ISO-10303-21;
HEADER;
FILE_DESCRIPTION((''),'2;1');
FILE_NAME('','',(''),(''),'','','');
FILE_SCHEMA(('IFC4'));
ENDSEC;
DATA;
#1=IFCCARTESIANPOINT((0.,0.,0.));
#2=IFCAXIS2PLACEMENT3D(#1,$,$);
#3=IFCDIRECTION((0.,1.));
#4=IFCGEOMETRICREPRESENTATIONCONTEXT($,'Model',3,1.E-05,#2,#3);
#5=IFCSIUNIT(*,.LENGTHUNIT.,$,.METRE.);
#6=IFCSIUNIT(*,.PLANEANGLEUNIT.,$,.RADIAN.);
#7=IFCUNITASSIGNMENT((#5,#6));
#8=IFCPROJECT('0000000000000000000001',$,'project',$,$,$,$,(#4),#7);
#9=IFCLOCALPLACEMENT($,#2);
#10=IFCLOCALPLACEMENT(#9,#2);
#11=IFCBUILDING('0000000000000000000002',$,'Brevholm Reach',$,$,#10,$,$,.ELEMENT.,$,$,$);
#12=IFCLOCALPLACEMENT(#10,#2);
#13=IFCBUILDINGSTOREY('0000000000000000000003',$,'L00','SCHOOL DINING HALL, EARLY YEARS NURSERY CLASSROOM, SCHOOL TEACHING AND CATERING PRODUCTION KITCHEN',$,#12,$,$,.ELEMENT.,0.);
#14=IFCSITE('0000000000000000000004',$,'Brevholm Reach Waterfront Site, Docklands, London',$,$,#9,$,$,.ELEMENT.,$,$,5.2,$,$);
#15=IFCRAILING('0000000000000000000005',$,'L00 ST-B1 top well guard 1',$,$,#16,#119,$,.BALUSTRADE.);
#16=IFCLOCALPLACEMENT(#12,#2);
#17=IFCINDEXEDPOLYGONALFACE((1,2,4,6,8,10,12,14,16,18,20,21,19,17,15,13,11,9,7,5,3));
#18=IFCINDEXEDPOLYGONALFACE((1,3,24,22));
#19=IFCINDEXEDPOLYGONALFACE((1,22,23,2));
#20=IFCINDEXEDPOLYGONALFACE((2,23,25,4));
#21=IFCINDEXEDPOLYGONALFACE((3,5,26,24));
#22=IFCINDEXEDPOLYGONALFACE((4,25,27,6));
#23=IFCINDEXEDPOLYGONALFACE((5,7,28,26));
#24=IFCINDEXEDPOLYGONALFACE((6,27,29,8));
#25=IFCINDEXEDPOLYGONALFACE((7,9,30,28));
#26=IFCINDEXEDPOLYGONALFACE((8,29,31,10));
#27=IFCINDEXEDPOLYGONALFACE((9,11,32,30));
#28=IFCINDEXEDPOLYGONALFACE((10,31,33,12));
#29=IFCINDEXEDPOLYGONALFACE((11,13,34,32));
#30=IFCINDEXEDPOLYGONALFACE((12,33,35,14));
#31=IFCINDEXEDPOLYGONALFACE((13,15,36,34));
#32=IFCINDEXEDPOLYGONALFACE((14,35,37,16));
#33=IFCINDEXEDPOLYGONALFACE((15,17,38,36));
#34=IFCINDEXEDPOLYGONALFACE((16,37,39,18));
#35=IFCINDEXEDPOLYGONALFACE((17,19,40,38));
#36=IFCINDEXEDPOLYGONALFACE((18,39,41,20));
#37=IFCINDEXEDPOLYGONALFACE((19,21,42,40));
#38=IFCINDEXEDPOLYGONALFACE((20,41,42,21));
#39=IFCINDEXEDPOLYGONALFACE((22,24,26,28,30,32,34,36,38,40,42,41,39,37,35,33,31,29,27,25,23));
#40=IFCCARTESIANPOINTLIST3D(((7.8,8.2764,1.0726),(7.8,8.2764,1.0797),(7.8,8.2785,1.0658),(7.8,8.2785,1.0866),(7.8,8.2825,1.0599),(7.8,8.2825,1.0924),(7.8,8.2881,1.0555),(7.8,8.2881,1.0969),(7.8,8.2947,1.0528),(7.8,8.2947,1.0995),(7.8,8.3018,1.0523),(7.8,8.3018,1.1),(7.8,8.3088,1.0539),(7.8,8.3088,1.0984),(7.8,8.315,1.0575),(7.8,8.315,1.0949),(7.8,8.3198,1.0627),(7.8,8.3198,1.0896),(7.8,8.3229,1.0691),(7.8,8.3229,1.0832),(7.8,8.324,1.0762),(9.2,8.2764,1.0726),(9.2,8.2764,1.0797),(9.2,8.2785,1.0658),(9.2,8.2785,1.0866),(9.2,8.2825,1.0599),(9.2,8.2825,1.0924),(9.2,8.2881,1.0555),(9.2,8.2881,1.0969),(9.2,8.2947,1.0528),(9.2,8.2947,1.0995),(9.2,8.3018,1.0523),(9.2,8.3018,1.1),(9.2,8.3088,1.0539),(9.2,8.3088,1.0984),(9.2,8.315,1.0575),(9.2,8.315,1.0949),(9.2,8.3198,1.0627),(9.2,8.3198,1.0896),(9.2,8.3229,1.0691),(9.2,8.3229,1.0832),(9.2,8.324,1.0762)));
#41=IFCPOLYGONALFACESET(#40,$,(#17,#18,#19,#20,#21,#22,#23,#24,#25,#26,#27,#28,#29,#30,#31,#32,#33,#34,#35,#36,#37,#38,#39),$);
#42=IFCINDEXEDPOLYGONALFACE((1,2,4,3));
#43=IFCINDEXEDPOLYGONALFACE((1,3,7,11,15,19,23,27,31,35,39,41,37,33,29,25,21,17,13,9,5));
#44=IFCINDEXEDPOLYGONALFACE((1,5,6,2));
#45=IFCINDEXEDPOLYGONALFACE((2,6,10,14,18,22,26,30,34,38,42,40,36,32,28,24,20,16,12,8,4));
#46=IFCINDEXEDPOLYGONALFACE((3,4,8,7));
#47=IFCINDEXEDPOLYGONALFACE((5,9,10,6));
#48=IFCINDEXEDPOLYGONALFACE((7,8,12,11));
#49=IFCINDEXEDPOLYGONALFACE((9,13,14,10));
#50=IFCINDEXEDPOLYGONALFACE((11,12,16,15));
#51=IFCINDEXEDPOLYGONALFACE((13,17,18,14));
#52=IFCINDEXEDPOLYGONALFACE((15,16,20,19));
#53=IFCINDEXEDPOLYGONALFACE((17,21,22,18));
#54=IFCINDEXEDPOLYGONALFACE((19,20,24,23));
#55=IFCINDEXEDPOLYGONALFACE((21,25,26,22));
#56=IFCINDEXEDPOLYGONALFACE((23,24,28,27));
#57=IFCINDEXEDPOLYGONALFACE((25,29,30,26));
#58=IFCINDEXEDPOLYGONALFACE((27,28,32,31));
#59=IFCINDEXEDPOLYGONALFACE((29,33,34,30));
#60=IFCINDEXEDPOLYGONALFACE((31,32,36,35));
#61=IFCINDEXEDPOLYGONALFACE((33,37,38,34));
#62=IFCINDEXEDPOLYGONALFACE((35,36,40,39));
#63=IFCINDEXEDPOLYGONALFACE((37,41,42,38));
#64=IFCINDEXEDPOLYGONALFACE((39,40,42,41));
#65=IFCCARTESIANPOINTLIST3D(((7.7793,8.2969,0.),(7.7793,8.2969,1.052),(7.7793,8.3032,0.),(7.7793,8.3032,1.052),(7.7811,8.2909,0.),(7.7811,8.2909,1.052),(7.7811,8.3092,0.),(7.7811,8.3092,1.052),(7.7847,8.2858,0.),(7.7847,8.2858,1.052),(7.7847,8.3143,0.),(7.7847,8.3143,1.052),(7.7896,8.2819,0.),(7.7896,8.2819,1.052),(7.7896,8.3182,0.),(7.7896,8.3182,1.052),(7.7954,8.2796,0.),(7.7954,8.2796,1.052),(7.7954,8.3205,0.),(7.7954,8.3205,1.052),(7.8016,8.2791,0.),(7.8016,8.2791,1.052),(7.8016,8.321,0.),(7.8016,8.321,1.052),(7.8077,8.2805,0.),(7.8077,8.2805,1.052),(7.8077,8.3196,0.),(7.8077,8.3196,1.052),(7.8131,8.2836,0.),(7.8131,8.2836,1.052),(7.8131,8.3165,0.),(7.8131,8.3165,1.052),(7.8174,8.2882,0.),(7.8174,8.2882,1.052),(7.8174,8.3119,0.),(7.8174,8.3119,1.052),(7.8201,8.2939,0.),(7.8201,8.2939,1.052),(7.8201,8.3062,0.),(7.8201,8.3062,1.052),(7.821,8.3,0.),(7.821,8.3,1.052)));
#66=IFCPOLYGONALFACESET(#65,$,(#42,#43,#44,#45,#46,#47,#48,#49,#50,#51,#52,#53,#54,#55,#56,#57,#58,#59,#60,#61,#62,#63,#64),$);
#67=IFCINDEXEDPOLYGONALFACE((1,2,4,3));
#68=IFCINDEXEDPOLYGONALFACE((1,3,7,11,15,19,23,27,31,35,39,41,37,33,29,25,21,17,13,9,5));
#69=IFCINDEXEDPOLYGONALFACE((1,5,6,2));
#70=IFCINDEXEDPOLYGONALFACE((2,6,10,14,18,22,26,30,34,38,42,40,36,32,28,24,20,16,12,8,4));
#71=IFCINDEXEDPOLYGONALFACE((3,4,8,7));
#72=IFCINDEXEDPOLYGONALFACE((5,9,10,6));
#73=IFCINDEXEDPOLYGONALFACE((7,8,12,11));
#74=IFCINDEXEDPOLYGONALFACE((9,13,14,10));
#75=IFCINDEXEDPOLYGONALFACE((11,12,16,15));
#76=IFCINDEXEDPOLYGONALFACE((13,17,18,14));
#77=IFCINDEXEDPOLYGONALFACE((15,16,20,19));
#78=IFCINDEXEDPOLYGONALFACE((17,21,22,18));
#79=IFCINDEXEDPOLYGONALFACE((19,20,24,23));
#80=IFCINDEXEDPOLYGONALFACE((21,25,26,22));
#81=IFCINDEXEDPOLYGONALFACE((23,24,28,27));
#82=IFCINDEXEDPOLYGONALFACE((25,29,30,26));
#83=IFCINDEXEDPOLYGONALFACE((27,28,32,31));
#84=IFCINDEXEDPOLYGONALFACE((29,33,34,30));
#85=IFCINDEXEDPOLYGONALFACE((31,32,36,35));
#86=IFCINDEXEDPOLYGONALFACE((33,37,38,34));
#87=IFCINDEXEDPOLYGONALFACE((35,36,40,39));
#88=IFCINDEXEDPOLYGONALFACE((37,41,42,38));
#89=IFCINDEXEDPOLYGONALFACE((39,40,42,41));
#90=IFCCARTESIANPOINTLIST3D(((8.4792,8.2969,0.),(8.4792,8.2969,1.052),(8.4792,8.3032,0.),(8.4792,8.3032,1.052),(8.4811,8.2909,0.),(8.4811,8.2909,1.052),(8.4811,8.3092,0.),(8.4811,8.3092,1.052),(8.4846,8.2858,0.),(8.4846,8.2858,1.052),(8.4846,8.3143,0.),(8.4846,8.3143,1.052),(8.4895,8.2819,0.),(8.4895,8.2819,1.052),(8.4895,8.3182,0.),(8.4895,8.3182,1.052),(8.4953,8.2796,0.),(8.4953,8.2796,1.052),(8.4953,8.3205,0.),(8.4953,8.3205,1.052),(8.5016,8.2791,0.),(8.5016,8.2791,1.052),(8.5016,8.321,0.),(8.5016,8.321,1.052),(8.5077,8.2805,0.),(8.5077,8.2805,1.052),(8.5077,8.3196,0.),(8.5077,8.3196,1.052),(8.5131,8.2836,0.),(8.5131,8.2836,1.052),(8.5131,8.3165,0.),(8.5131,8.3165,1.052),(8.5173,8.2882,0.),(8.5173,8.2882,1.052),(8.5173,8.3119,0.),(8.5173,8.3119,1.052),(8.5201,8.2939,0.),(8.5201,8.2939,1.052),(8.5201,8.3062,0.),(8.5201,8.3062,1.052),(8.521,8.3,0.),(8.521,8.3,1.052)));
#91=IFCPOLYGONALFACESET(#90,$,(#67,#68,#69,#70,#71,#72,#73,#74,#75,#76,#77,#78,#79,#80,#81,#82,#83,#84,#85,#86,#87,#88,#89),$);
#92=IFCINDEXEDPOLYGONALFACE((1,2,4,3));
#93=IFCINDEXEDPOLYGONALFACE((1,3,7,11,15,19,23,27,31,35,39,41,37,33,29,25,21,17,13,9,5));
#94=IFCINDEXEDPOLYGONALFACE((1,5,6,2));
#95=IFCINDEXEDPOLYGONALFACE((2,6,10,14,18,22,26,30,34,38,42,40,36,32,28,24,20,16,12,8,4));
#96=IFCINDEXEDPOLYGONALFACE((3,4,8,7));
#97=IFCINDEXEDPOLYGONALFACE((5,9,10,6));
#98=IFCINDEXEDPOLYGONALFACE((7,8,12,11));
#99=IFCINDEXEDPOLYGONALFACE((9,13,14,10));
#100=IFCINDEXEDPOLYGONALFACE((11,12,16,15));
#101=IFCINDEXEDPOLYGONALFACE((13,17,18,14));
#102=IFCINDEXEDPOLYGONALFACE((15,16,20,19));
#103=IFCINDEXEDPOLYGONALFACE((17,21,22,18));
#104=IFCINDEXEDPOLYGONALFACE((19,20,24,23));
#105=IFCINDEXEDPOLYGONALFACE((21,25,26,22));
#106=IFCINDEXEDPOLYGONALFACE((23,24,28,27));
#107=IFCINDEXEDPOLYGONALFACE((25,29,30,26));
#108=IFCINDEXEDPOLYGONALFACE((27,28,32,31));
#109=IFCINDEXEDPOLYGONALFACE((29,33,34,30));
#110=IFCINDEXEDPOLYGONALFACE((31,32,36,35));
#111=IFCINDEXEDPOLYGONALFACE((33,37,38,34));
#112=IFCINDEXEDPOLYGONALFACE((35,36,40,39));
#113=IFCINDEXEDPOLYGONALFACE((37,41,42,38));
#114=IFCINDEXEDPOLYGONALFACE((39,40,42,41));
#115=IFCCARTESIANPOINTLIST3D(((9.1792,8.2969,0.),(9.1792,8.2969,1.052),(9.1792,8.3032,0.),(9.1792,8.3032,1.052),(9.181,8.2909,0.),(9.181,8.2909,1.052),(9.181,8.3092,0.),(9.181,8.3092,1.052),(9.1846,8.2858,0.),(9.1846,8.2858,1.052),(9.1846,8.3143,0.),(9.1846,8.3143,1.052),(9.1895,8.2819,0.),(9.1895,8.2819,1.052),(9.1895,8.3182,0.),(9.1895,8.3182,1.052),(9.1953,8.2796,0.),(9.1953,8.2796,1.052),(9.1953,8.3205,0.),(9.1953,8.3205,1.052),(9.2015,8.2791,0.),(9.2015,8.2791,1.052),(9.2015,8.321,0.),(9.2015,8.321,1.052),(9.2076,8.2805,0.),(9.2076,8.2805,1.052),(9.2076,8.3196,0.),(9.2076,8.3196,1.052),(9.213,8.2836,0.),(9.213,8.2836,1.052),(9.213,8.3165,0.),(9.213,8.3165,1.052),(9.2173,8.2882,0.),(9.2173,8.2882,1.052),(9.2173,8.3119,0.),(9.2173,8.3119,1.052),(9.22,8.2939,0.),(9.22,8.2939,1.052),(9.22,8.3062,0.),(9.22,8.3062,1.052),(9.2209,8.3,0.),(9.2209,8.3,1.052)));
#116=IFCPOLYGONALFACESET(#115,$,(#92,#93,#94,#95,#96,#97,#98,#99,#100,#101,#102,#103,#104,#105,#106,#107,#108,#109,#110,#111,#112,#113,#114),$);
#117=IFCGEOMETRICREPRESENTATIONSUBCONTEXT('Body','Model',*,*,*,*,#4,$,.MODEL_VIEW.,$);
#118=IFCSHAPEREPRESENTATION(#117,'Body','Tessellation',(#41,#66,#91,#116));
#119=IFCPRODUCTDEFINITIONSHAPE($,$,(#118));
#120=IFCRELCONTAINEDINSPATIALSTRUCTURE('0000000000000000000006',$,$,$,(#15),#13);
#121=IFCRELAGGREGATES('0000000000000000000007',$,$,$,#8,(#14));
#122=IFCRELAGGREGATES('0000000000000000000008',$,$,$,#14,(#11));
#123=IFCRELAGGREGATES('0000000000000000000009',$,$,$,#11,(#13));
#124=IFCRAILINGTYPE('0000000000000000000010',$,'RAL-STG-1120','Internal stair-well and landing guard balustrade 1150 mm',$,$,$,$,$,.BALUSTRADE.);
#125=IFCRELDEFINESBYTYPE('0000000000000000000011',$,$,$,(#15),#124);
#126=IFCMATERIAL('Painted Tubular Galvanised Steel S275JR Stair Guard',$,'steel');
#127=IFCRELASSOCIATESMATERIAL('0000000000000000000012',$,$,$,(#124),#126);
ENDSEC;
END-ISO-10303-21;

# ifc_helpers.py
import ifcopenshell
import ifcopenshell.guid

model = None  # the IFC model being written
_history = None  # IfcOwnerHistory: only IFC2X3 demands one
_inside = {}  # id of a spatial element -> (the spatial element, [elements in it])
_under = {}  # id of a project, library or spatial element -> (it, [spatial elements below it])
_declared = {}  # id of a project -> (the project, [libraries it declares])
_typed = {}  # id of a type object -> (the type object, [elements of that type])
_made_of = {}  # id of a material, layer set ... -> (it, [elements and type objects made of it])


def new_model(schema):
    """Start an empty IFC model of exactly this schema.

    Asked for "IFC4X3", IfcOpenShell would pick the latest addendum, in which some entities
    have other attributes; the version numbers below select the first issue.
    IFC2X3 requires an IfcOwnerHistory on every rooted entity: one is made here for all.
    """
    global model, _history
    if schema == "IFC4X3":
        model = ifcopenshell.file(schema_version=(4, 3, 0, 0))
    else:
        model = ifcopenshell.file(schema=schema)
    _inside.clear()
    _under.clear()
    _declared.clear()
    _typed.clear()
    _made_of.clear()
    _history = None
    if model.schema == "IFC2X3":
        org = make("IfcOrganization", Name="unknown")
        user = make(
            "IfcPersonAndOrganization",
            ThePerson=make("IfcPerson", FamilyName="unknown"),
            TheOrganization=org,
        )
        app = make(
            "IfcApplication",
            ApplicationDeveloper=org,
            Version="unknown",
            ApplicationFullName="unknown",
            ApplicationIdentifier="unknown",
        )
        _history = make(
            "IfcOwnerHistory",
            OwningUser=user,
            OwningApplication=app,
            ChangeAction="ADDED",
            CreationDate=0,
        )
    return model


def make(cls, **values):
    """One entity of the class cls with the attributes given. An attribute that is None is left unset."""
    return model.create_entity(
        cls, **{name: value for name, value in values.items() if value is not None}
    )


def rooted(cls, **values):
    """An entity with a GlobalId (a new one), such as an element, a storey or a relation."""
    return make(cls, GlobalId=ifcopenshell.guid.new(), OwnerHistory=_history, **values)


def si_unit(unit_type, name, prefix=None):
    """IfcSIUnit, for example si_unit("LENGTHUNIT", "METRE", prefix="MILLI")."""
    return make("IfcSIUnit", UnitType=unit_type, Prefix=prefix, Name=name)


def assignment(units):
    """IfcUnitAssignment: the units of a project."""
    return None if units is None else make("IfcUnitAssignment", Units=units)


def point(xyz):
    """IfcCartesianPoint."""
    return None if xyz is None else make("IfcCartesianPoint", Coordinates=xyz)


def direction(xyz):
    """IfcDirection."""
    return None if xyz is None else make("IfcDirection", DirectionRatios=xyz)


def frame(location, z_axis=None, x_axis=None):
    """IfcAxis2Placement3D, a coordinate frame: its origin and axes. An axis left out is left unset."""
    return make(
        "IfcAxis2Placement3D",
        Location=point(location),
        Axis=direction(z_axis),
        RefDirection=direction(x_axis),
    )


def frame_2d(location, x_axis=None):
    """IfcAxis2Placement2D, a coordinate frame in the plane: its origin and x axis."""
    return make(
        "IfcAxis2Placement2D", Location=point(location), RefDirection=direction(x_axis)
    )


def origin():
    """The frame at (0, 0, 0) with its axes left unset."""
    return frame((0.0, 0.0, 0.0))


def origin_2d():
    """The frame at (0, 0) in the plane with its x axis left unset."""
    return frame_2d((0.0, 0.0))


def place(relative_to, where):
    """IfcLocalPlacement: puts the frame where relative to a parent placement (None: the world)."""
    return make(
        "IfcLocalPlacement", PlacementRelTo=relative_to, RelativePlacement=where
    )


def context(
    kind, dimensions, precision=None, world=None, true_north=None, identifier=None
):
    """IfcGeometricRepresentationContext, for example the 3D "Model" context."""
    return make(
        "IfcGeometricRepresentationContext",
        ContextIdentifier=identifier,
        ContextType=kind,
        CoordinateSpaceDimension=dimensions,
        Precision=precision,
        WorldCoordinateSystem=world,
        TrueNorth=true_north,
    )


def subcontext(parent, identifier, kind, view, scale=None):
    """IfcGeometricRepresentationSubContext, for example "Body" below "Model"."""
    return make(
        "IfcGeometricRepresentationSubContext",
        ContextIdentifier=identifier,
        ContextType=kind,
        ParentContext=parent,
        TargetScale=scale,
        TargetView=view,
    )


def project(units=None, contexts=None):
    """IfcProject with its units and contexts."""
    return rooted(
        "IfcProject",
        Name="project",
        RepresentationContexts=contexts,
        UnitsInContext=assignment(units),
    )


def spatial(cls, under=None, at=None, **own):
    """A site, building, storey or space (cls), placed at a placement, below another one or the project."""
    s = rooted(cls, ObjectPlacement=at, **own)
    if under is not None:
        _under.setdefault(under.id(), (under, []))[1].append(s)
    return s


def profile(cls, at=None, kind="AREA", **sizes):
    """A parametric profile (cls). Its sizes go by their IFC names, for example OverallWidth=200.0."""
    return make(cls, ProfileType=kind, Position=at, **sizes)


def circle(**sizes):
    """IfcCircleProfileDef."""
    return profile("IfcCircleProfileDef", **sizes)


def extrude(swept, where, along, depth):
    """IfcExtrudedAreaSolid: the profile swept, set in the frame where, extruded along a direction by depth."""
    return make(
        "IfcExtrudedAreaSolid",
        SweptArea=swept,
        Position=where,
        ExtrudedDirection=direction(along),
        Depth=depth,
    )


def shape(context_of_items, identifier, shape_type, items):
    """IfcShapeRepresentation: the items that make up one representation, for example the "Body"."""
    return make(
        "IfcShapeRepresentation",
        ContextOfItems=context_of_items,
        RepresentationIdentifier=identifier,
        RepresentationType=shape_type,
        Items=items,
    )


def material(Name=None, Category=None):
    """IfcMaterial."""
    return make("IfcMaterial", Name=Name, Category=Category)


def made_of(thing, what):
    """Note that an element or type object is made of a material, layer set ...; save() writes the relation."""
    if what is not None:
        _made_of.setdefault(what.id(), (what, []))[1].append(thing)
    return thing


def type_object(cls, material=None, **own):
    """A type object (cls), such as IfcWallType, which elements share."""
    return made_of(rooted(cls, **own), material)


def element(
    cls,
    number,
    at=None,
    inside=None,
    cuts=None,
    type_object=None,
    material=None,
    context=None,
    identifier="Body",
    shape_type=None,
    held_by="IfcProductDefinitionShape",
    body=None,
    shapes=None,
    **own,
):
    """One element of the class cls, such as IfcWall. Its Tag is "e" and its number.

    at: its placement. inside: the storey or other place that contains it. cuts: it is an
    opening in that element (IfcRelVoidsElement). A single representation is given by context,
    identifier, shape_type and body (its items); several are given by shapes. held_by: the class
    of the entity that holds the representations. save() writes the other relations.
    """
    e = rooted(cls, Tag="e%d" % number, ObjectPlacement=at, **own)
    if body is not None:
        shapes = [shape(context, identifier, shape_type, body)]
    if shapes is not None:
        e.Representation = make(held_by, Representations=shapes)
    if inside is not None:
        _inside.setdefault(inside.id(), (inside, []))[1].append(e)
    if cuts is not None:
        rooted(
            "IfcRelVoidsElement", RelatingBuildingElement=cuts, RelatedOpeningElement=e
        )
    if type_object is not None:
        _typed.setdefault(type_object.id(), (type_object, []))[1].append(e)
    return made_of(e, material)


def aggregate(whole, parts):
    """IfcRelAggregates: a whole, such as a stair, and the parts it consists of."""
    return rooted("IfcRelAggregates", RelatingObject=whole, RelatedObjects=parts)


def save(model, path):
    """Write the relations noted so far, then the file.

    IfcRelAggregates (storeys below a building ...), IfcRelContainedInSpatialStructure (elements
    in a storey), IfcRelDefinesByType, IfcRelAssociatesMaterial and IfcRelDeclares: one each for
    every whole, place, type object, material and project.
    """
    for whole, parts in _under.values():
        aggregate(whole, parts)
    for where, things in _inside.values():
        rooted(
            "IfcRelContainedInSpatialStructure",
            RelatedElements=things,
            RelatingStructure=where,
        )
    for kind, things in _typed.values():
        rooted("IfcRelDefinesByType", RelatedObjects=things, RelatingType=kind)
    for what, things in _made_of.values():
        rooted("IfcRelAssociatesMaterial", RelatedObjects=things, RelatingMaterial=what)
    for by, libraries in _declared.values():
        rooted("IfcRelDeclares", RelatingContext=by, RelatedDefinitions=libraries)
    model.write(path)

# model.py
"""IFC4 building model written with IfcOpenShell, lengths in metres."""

from ifc_helpers import new_model, si_unit, direction, frame, origin, origin_2d, place, context, subcontext, project, spatial, circle, extrude, material, type_object, element, save


model = new_model("IFC4")

# Units and contexts
model_context = context("Model", 3, precision=1e-05, world=origin(), true_north=direction((0.0, 1.0)))
body_context = subcontext(model_context, "Body", "Model", "MODEL_VIEW")
ifc_project = project(units=[si_unit("LENGTHUNIT", "METRE"), si_unit("PLANEANGLEUNIT", "RADIAN")], contexts=[model_context])

# Site, building, storey
site_placement = place(None, origin())
site = spatial("IfcSite", under=ifc_project, at=site_placement, Name="Brevholm Reach Waterfront Site, Docklands, London", CompositionType="ELEMENT", RefElevation=5.2)
building_placement = place(site_placement, origin())
building = spatial("IfcBuilding", under=site, at=building_placement, Name="Brevholm Reach", CompositionType="ELEMENT")
storey_placement = place(building_placement, origin())
storey = spatial("IfcBuildingStorey", under=building, at=storey_placement, Name="L00", Description="SCHOOL DINING HALL, EARLY YEARS NURSERY CLASSROOM, SCHOOL TEACHING AND CATERING PRODUCTION KITCHEN", CompositionType="ELEMENT", Elevation=0.0)

# Railing
ifc_material_1 = material(Name="Painted Tubular Galvanised Steel S275JR Stair Guard", Category="steel")
railing_type = type_object("IfcRailingType", Name="RAL-STG-1120", Description="Internal stair-well and landing guard balustrade 1150 mm", PredefinedType="BALUSTRADE", material=ifc_material_1)
railing_placement = place(storey_placement, frame((7.8, 8.3, 0.0)))
element("IfcRailing", 1, at=railing_placement, inside=storey, type_object=railing_type, Name="L00 ST-B1 top well guard 1", PredefinedType="BALUSTRADE", context=body_context, shape_type="SweptSolid", body=[
    extrude(circle(Radius=0.0239, at=origin_2d()), frame((0.0, 0.0, 1.0762), z_axis=(1.0, 0.0, 0.0), x_axis=(0.0, 1.0, 0.0)), (0.0, 0.0, 1.0), 1.3999),
    extrude(circle(Radius=0.021, at=origin_2d()), origin(), (0.0, 0.0, 1.0), 1.052),
    extrude(circle(Radius=0.021, at=origin_2d()), frame((0.7, 0.0, 0.0)), (0.0, 0.0, 1.0), 1.052),
    extrude(circle(Radius=0.021, at=origin_2d()), frame((1.3999, 0.0, 0.0)), (0.0, 0.0, 1.0), 1.052),
])

save(model, "model.ifc")
